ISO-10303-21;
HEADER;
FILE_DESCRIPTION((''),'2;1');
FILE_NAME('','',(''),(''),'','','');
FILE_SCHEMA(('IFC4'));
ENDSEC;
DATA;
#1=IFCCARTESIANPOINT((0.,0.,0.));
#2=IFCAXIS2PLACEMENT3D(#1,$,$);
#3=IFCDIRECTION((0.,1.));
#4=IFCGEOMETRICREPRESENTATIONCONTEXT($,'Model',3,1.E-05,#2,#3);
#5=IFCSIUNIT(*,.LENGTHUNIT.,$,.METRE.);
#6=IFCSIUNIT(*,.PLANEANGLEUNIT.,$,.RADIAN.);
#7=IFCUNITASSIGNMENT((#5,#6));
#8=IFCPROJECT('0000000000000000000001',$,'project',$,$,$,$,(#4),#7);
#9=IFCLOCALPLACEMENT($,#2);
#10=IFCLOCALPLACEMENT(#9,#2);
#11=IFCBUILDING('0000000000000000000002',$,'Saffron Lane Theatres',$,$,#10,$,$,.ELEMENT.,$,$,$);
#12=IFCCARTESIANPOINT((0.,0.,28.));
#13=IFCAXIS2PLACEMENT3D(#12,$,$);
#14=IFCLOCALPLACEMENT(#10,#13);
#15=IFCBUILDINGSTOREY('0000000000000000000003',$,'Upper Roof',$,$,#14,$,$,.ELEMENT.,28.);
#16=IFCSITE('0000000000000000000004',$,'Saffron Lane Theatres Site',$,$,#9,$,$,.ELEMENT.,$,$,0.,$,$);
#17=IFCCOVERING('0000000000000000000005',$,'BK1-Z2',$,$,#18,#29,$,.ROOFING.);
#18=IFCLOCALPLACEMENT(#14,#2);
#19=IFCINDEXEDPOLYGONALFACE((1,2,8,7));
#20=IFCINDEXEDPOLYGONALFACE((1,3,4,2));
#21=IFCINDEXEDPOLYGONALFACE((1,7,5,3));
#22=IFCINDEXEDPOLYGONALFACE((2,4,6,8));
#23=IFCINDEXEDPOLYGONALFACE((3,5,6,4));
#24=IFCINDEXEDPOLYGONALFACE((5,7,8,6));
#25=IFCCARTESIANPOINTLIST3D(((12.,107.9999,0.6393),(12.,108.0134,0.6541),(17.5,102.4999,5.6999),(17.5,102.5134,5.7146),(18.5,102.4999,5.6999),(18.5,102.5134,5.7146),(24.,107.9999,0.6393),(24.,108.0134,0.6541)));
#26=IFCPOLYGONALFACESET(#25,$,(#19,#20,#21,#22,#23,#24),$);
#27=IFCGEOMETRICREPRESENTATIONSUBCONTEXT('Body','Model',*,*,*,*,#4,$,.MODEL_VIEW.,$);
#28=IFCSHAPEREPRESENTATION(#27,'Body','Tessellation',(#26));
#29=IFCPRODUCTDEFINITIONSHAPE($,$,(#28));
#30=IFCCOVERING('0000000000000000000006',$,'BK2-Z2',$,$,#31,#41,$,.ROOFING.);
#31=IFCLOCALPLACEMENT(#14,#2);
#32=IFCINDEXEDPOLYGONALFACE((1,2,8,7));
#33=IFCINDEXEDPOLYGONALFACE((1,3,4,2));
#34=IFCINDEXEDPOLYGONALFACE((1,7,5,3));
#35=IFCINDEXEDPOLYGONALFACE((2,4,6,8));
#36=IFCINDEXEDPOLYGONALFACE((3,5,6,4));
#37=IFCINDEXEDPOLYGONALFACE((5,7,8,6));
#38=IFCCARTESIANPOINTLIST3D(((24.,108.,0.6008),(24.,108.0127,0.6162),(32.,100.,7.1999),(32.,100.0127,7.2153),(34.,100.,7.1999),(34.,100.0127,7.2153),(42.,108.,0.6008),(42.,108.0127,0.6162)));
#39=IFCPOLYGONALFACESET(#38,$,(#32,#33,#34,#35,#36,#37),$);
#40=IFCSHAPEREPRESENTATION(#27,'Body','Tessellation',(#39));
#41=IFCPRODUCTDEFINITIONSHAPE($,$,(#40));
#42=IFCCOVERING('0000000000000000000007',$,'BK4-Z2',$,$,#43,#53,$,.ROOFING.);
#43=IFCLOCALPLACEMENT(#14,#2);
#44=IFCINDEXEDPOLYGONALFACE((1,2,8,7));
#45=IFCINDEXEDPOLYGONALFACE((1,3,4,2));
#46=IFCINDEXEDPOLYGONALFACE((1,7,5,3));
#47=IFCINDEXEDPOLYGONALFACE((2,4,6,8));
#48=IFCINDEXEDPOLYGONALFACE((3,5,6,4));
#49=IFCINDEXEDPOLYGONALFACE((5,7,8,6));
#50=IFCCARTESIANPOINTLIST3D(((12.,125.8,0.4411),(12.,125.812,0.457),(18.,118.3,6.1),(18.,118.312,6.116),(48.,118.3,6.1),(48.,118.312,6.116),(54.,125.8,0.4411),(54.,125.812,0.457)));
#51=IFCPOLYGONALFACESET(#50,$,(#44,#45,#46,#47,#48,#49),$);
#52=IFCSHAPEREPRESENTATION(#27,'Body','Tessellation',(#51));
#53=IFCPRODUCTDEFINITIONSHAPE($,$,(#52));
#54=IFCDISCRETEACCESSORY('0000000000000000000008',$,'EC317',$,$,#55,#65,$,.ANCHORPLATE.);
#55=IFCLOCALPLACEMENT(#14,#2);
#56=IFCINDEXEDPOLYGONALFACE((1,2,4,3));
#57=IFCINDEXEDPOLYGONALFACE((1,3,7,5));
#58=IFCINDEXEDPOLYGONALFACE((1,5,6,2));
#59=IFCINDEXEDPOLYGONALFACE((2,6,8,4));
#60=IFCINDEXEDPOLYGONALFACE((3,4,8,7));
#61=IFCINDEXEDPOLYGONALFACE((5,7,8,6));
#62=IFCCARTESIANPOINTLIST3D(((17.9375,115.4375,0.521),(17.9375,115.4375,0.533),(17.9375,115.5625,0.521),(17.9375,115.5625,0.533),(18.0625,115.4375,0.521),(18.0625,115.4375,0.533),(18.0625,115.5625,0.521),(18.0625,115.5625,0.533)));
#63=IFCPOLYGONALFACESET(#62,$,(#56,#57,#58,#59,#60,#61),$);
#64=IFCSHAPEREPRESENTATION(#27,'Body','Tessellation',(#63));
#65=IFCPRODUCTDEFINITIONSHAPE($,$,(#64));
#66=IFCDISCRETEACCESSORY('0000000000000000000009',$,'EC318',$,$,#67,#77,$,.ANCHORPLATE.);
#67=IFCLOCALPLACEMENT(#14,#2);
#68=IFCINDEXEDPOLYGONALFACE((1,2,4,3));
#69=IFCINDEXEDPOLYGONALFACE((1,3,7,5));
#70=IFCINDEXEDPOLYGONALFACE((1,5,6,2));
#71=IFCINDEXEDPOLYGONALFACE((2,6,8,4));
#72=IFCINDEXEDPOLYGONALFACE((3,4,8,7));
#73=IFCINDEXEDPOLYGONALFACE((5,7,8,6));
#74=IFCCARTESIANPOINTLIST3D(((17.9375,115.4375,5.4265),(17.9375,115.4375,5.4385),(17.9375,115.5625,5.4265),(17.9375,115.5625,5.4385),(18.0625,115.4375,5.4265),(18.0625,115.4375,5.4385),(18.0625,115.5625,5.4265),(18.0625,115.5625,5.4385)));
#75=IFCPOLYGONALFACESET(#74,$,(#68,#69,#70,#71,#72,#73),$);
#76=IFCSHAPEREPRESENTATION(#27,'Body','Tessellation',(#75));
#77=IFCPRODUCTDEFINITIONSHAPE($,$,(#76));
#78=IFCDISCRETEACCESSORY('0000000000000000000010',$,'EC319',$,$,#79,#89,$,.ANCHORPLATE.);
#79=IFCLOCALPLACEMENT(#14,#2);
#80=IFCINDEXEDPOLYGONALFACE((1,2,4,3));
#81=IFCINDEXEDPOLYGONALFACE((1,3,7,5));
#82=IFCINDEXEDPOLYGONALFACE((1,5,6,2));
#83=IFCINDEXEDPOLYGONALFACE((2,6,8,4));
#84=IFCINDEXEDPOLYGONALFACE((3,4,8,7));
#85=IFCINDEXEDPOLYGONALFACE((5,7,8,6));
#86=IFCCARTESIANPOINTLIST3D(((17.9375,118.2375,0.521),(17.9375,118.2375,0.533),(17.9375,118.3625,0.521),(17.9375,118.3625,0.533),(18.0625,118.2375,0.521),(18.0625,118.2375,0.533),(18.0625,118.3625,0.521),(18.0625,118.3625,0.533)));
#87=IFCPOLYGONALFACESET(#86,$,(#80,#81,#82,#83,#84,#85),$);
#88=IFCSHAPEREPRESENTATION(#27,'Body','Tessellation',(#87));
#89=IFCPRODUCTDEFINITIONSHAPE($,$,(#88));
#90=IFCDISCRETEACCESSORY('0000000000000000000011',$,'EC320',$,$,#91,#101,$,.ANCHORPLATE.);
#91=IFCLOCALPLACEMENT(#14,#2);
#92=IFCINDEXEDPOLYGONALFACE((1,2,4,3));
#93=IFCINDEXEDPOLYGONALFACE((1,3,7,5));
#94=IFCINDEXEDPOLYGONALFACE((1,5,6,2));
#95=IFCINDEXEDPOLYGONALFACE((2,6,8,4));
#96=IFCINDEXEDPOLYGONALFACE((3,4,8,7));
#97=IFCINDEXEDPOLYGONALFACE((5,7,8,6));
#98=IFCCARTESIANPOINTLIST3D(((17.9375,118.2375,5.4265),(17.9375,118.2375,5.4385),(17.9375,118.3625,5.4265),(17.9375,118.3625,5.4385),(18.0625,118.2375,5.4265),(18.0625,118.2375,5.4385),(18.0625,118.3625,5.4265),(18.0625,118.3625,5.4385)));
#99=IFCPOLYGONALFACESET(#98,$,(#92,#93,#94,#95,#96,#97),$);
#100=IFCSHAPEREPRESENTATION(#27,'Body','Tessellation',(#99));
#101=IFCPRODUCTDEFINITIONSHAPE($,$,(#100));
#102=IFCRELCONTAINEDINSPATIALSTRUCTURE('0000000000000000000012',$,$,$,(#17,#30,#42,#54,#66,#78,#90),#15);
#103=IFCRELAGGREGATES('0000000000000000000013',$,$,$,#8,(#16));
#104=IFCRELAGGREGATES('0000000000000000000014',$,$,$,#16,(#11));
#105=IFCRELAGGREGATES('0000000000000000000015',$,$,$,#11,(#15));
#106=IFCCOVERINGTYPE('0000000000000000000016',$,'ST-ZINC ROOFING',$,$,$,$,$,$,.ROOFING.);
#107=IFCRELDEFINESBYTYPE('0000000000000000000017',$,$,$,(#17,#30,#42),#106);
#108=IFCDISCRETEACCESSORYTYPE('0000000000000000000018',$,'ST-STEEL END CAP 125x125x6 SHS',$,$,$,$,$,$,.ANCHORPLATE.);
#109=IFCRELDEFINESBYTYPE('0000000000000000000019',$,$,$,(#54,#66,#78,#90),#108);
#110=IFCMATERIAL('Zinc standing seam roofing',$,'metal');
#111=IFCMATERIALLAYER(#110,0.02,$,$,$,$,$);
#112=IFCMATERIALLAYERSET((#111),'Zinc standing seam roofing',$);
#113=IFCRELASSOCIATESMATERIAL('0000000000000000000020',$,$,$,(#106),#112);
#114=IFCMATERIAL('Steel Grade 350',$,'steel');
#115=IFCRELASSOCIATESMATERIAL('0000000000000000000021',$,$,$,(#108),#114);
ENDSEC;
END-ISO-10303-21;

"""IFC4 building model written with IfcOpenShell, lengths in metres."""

from ifc_helpers import new_model, si_unit, direction, frame, origin, origin_2d, place, context, subcontext, project, spatial, polyline, rectangle, outline, extrude, material, layer, layer_set, material_profile, profile_set, type_object, element, save


model = new_model("IFC4")

# Units and contexts
model_context = context("Model", 3, precision=1e-05, world=origin(), true_north=direction((0.0, 1.0)))
body_context = subcontext(model_context, "Body", "Model", "MODEL_VIEW")
ifc_project = project(units=[si_unit("LENGTHUNIT", "METRE"), si_unit("PLANEANGLEUNIT", "RADIAN")], contexts=[model_context])

# Site, building, storey
site_placement = place(None, origin())
site = spatial("IfcSite", under=ifc_project, at=site_placement, Name="Saffron Lane Theatres Site", CompositionType="ELEMENT", RefElevation=0.0)
building_placement = place(site_placement, origin())
building = spatial("IfcBuilding", under=site, at=building_placement, Name="Saffron Lane Theatres", CompositionType="ELEMENT")
storey_placement = place(building_placement, frame((0.0, 0.0, 28.0)))
storey = spatial("IfcBuildingStorey", under=building, at=storey_placement, Name="Upper Roof", CompositionType="ELEMENT", Elevation=28.0)

# Coverings
ifc_material_1 = material(Name="Zinc standing seam roofing", Category="metal")
ifc_layer_1 = layer(ifc_material_1, 0.02)
ifc_layer_set_1 = layer_set([ifc_layer_1], Name="Zinc standing seam roofing")
covering_type = type_object("IfcCoveringType", Name="ST-ZINC ROOFING", PredefinedType="ROOFING", material=ifc_layer_set_1)
covering_1_placement = place(storey_placement, frame((12.0, 108.0134, 0.6541), z_axis=(0.0, 0.677096, 0.735895), x_axis=(1.0, 0.0, 0.0)))
element("IfcCovering", 1, at=covering_1_placement, inside=storey, type_object=covering_type, Name="BK1-Z2", PredefinedType="ROOFING", context=body_context, shape_type="SweptSolid", body=[
    extrude(outline(polyline([(0.0, 0.0), (12.0, 0.0), (6.5, -7.4739), (5.5, -7.4739), (0.0, 0.0)])), origin(), (0.0, 0.0, -1.0), 0.02),
])
covering_2_placement = place(storey_placement, frame((24.0, 108.0127, 0.6162), z_axis=(0.0, 0.636333, 0.771415), x_axis=(1.0, 0.0, 0.0)))
element("IfcCovering", 2, at=covering_2_placement, inside=storey, type_object=covering_type, Name="BK2-Z2", PredefinedType="ROOFING", context=body_context, shape_type="SweptSolid", body=[
    extrude(outline(polyline([(0.0, 0.0), (18.0, 0.0), (10.0, -10.3706), (8.0, -10.3706), (0.0, 0.0)])), origin(), (0.0, 0.0, -1.0), 0.02),
])
covering_3_placement = place(storey_placement, frame((12.0, 125.812, 0.457), z_axis=(0.0, 0.602309, 0.798263), x_axis=(1.0, 0.0, 0.0)))
element("IfcCovering", 3, at=covering_3_placement, inside=storey, type_object=covering_type, Name="BK4-Z2", PredefinedType="ROOFING", context=body_context, shape_type="SweptSolid", body=[
    extrude(outline(polyline([(0.0, 0.0), (42.0, 0.0), (36.0, -9.3954), (6.0, -9.3954), (0.0, 0.0)])), origin(), (0.0, 0.0, -1.0), 0.02),
])

# Discrete accessories
ifc_material_2 = material(Name="Steel Grade 350", Category="steel")
ifc_material_profile_1 = material_profile(ifc_material_2, rectangle(XDim=0.125, YDim=0.125, at=origin_2d()))
ifc_profile_set_1 = profile_set([ifc_material_profile_1], Name="Steel Grade 350")
discrete_accessory_type = type_object("IfcDiscreteAccessoryType", Name="ST-STEEL END CAP 125x125x6 SHS", PredefinedType="ANCHORPLATE", material=ifc_profile_set_1)
for number, where, z_axis, x_axis, name in (
    (4, (18.0, 115.5, 0.521), (0.0, 0.0, 1.0), (1.0, 0.0, 0.0), "EC317"),
    (5, (18.0, 115.5, 5.4265), (0.0, 0.0, 1.0), (1.0, 0.0, 0.0), "EC318"),
    (6, (18.0, 118.3, 0.521), (0.0, 0.0, 1.0), (1.0, 0.0, 0.0), "EC319"),
    (7, (18.0, 118.3, 5.4265), (0.0, 0.0, 1.0), (1.0, 0.0, 0.0), "EC320"),
):
    element("IfcDiscreteAccessory", number, at=place(storey_placement, frame(where, z_axis=z_axis, x_axis=x_axis)), inside=storey, type_object=discrete_accessory_type, Name=name, PredefinedType="ANCHORPLATE", context=body_context, shape_type="SweptSolid", body=[
        extrude(rectangle(XDim=0.125, YDim=0.125, at=origin_2d()), origin(), (0.0, 0.0, 1.0), 0.012),
    ])

save(model, "model.ifc")
